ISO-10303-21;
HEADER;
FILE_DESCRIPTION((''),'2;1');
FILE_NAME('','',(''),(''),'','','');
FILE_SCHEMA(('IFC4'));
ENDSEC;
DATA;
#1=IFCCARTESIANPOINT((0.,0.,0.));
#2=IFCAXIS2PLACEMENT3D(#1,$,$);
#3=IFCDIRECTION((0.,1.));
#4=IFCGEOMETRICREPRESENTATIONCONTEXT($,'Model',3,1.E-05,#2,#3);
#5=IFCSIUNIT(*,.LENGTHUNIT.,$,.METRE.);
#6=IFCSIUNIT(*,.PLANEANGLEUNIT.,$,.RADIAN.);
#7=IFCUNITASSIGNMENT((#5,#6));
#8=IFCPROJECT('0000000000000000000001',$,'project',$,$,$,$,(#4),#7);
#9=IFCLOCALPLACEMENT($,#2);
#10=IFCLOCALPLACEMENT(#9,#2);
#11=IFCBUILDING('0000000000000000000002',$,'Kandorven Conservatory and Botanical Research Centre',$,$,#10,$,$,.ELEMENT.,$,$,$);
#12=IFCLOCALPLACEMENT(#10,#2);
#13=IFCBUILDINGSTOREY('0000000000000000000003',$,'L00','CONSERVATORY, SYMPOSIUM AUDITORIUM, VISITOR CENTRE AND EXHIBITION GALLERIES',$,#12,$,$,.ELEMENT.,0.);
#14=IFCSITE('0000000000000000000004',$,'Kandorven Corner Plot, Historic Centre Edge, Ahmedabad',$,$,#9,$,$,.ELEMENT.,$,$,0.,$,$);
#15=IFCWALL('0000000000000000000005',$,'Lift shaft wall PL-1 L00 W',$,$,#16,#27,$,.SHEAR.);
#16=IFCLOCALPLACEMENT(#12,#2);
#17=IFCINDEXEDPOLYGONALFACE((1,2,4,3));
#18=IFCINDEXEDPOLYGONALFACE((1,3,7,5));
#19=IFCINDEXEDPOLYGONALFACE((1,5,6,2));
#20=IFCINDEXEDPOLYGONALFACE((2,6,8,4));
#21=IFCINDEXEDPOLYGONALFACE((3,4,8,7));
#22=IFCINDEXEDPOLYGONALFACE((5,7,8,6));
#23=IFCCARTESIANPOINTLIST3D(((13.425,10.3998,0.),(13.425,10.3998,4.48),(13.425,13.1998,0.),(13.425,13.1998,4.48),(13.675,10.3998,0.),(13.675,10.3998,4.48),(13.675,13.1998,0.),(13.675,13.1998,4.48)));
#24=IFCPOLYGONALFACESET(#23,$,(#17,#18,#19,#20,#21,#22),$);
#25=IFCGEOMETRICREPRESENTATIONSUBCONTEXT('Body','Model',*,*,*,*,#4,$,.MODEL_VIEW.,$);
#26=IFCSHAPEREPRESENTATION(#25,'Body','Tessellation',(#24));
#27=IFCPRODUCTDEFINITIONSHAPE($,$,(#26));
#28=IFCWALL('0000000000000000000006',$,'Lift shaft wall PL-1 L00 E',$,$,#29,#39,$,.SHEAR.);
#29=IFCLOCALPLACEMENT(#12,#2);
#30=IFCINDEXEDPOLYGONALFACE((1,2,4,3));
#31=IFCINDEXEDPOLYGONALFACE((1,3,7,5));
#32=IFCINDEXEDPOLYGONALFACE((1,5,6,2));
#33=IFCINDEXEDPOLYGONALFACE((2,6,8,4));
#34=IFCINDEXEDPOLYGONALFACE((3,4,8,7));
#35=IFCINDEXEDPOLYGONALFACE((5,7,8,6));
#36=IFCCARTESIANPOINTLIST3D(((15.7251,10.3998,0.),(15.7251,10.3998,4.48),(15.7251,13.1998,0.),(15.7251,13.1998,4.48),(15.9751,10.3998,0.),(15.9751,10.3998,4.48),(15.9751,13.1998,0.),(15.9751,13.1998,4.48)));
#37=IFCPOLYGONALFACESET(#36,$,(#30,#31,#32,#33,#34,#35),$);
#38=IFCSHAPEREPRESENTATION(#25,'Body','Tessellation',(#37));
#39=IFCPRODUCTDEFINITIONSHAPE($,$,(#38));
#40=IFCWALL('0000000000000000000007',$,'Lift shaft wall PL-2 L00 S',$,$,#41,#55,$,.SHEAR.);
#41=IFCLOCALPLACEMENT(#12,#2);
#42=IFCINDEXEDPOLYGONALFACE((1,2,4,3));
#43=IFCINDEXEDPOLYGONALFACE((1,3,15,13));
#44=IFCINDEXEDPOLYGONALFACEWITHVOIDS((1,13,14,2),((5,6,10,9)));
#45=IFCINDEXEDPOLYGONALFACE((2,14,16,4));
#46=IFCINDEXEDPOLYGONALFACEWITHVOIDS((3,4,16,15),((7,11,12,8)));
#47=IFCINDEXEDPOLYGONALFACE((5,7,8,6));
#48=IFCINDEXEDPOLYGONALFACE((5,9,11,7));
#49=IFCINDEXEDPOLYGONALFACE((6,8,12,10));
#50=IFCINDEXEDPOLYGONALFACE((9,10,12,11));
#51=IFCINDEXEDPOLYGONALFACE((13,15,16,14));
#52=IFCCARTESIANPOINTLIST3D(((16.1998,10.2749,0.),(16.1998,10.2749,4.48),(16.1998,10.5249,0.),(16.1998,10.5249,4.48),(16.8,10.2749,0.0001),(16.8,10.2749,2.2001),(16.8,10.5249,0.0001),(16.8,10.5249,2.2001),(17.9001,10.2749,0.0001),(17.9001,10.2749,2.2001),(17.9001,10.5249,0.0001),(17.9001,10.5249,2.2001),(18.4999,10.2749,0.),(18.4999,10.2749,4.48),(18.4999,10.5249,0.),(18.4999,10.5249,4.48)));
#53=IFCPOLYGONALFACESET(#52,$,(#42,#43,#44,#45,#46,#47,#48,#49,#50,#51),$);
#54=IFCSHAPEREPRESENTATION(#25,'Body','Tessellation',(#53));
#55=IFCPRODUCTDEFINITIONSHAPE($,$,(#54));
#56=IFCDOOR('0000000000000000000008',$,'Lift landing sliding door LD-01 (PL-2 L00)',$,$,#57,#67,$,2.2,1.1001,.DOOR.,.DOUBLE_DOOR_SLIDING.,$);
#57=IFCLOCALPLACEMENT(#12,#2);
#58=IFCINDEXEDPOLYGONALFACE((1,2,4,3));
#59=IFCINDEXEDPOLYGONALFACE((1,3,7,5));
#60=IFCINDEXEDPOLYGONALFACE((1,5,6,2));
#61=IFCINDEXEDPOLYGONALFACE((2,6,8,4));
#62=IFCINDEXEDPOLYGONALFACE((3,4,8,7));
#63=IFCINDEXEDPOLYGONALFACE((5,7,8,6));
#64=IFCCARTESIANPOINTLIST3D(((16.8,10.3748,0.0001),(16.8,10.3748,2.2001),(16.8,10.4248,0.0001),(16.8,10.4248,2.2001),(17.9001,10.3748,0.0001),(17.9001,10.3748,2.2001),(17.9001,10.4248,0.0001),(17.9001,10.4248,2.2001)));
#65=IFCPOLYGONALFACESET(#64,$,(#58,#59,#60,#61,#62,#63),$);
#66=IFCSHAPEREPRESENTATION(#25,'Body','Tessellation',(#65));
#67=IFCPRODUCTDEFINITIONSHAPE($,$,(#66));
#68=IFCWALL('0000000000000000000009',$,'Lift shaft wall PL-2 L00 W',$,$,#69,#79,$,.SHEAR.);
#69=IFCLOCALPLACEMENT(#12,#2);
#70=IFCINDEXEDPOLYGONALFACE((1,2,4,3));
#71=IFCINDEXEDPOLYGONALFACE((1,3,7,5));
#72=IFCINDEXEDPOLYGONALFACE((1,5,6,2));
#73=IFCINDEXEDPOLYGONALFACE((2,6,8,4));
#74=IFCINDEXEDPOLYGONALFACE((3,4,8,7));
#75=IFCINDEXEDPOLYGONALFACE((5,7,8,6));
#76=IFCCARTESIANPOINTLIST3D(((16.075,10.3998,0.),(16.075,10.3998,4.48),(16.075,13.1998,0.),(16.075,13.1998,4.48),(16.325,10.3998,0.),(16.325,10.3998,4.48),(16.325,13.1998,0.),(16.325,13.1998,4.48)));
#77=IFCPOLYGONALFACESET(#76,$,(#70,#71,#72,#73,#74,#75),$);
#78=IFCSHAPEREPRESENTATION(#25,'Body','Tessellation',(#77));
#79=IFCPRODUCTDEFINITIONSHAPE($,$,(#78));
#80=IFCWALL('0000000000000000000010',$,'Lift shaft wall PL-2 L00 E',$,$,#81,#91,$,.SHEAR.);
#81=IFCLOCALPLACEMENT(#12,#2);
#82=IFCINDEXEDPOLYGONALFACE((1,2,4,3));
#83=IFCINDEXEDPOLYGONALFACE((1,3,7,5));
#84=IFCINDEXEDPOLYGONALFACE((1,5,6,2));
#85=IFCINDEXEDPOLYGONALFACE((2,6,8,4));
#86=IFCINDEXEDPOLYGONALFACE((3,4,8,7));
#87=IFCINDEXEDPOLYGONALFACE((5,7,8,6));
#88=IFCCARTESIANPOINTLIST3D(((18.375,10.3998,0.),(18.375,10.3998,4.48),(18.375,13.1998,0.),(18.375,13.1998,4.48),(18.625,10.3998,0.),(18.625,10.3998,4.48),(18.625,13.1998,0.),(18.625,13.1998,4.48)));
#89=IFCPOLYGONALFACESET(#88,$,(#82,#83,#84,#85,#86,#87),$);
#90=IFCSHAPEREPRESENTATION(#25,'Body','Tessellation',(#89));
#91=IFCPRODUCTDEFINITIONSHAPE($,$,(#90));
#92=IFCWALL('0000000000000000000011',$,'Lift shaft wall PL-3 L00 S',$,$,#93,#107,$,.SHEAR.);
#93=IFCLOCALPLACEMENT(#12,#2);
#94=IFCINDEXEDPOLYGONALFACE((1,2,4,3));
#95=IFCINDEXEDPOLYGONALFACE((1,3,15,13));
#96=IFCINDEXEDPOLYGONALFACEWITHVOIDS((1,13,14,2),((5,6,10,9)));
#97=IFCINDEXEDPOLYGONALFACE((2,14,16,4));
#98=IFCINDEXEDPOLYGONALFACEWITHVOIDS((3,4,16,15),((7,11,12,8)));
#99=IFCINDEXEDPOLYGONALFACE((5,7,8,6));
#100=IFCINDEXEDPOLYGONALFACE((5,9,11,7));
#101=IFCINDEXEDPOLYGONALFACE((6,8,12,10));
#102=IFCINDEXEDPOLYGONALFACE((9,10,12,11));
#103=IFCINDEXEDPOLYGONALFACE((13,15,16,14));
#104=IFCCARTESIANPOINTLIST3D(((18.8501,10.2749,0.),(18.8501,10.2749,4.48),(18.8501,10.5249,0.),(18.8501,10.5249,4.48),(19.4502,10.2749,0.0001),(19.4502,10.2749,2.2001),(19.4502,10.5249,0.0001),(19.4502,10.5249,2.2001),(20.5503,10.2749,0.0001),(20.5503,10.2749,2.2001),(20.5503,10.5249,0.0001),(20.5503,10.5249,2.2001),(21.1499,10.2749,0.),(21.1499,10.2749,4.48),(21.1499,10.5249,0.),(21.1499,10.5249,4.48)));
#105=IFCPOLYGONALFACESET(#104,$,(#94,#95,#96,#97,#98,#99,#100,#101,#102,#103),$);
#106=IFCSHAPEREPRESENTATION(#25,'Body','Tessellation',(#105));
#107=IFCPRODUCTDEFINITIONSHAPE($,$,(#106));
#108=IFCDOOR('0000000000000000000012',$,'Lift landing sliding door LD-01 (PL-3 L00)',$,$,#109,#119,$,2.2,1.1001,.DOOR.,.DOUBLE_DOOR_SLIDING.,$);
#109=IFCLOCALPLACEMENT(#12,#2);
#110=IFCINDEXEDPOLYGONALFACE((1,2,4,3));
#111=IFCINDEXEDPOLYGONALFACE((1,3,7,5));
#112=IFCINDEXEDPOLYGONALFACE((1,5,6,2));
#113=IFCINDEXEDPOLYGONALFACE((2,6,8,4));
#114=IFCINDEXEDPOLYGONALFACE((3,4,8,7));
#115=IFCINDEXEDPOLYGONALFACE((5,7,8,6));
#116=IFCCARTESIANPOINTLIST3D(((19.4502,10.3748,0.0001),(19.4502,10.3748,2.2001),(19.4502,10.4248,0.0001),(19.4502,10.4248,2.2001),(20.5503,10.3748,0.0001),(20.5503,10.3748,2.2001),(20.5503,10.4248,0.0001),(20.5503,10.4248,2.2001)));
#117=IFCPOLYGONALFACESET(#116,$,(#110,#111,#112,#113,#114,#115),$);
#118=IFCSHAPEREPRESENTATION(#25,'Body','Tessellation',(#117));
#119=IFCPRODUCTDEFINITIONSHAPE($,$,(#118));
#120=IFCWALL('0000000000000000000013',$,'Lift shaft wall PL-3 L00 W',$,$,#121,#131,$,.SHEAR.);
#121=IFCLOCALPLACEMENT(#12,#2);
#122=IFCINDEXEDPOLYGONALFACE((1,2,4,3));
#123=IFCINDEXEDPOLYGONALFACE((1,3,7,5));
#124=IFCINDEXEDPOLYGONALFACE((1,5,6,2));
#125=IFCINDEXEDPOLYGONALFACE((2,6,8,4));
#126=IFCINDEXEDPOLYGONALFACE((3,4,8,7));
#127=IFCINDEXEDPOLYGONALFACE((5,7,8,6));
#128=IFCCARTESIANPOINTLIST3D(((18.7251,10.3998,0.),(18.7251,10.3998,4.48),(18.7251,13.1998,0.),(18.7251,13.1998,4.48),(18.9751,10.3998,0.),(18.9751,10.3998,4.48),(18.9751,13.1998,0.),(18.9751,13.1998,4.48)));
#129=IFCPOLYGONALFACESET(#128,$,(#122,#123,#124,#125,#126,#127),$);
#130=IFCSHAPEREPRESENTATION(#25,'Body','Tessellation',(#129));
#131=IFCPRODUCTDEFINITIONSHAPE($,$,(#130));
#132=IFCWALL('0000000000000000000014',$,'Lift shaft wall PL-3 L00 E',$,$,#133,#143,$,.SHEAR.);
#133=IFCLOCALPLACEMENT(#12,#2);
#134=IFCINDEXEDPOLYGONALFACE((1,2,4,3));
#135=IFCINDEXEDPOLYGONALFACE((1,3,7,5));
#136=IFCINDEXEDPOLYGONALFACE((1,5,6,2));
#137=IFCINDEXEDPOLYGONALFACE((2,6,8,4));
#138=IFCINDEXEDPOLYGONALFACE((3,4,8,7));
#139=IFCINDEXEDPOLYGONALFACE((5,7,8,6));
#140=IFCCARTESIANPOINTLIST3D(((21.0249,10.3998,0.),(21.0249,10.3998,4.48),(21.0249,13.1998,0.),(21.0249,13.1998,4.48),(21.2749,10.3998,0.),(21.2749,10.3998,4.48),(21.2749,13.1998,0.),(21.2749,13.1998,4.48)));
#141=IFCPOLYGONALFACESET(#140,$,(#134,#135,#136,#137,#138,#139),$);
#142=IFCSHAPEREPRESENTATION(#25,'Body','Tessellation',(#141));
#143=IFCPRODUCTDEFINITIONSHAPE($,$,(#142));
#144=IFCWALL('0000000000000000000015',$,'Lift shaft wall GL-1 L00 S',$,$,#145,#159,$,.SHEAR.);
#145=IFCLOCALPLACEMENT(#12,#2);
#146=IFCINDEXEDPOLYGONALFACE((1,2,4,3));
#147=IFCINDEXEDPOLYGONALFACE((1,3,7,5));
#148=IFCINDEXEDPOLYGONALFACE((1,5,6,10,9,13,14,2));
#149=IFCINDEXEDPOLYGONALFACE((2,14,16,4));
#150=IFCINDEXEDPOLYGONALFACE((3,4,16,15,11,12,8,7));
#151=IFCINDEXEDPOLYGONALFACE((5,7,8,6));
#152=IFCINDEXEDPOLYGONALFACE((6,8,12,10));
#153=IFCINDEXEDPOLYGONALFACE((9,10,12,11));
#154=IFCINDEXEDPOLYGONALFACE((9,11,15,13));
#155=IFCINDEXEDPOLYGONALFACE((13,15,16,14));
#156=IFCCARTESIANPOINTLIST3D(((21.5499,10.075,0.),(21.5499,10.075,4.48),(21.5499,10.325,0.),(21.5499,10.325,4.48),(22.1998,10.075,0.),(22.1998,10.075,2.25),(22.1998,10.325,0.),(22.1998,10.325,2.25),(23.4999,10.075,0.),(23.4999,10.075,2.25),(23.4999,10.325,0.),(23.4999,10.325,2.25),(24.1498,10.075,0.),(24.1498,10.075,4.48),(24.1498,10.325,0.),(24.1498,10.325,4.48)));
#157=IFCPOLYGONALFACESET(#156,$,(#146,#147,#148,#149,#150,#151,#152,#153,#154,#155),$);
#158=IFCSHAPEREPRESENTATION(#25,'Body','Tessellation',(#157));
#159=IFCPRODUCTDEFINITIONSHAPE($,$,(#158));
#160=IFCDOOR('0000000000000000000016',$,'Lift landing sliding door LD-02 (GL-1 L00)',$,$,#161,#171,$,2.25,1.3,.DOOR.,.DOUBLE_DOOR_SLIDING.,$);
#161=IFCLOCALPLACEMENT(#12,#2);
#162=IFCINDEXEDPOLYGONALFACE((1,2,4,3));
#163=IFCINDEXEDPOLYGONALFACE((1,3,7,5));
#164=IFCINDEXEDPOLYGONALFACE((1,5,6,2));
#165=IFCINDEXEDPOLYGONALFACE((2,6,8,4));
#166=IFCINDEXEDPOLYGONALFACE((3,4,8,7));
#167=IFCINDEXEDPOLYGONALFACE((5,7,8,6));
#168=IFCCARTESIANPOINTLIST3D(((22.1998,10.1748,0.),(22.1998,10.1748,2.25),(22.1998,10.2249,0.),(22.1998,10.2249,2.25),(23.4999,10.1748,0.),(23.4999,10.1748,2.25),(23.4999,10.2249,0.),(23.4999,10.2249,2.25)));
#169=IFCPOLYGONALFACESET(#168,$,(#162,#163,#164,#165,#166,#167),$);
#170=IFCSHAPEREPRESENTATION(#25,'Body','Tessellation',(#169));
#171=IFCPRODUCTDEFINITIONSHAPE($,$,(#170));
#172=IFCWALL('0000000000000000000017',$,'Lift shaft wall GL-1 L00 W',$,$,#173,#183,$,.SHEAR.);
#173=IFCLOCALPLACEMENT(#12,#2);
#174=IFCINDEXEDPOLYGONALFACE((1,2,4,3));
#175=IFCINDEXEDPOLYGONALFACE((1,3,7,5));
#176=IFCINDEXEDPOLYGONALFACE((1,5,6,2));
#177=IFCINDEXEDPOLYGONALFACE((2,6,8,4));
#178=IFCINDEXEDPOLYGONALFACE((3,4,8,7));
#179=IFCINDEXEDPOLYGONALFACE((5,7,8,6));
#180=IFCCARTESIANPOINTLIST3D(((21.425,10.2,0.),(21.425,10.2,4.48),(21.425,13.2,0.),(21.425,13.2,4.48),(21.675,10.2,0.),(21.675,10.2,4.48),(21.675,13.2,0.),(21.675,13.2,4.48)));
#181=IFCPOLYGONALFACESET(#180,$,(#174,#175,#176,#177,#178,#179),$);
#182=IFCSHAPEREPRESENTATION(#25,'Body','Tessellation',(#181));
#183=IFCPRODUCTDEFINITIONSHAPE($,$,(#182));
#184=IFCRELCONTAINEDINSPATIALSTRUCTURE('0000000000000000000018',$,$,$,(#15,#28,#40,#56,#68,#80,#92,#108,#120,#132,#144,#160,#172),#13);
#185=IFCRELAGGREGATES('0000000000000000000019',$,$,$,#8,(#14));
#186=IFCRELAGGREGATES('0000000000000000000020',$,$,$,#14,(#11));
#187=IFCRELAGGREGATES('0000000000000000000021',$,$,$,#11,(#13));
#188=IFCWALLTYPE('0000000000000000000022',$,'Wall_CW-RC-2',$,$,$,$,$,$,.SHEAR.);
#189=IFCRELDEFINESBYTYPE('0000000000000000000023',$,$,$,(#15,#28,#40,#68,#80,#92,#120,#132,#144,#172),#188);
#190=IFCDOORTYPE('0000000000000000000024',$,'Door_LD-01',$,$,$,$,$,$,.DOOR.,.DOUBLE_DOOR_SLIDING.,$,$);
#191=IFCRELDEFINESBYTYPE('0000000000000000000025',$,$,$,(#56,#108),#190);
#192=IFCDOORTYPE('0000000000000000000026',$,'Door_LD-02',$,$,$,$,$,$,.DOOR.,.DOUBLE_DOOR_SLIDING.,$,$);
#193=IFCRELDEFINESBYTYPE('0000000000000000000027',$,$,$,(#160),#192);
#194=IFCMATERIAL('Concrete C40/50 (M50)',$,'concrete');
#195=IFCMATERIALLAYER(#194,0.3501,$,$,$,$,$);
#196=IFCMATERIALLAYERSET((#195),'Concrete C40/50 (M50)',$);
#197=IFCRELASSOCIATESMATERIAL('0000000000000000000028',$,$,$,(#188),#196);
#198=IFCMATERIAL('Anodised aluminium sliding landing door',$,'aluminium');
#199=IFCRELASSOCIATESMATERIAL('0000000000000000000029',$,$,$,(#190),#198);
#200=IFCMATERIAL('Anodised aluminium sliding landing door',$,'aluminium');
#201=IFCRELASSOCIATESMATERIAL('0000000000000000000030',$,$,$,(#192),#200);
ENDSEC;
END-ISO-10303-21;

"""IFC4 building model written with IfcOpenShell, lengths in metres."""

from ifc_helpers import new_model, si_unit, direction, frame, frame_2d, origin, place, context, subcontext, project, spatial, rectangle, extrude, material, layer, layer_set, type_object, element, fill, save


model = new_model("IFC4")

# Units and contexts
model_context = context("Model", 3, precision=1e-05, world=origin(), true_north=direction((0.0, 1.0)))
body_context = subcontext(model_context, "Body", "Model", "MODEL_VIEW")
ifc_project = project(units=[si_unit("LENGTHUNIT", "METRE"), si_unit("PLANEANGLEUNIT", "RADIAN")], contexts=[model_context])

# Site, building, storey
site_placement = place(None, origin())
site = spatial("IfcSite", under=ifc_project, at=site_placement, Name="Kandorven Corner Plot, Historic Centre Edge, Ahmedabad", CompositionType="ELEMENT", RefElevation=0.0)
building_placement = place(site_placement, origin())
building = spatial("IfcBuilding", under=site, at=building_placement, Name="Kandorven Conservatory and Botanical Research Centre", CompositionType="ELEMENT")
storey_placement = place(building_placement, origin())
storey = spatial("IfcBuildingStorey", under=building, at=storey_placement, Name="L00", Description="CONSERVATORY, SYMPOSIUM AUDITORIUM, VISITOR CENTRE AND EXHIBITION GALLERIES", CompositionType="ELEMENT", Elevation=0.0)

# Shared definitions
ifc_material_1 = material(Name="Concrete C40/50 (M50)", Category="concrete")
ifc_layer_1 = layer(ifc_material_1, 0.3501)
ifc_layer_set_1 = layer_set([ifc_layer_1], Name="Concrete C40/50 (M50)")
wall_type_1 = type_object("IfcWallType", Name="Wall_CW-RC-2", PredefinedType="SHEAR", material=ifc_layer_set_1)
ifc_material_2 = material(Name="Anodised aluminium sliding landing door", Category="aluminium")
door_type_1 = type_object("IfcDoorType", Name="Door_LD-01", OperationType="DOUBLE_DOOR_SLIDING", PredefinedType="DOOR", material=ifc_material_2)

# Walls
for number, where, z_axis, x_axis, name in (
    (1, (13.55, 10.3999, 0.0), (0.0, 0.0, 1.0), (0.0, 1.0, 0.0), "Lift shaft wall PL-1 L00 W"),
    (2, (15.8501, 10.3999, 0.0), (0.0, 0.0, 1.0), (0.0, 1.0, 0.0), "Lift shaft wall PL-1 L00 E"),
):
    element("IfcWall", number, at=place(storey_placement, frame(where, z_axis=z_axis, x_axis=x_axis)), inside=storey, type_object=wall_type_1, Name=name, PredefinedType="SHEAR", context=body_context, shape_type="SweptSolid", body=[
        extrude(rectangle(XDim=2.8, YDim=0.25, at=frame_2d((1.3999, 0.0))), origin(), (0.0, 0.0, 1.0), 4.48),
    ])

# Wall, opening, door
wall_1_placement = place(storey_placement, frame((16.2, 10.3999, 0.0), z_axis=(0.0, 0.0, 1.0), x_axis=(1.0, 0.0, 0.0)))
wall_1 = element("IfcWall", 3, at=wall_1_placement, inside=storey, type_object=wall_type_1, Name="Lift shaft wall PL-2 L00 S", PredefinedType="SHEAR", context=body_context, shape_type="SweptSolid", body=[
    extrude(rectangle(XDim=2.3, YDim=0.25, at=frame_2d((1.1499, 0.0))), origin(), (0.0, 0.0, 1.0), 4.48),
])
opening_1_placement = place(wall_1_placement, frame((0.6001, 0.0, 0.0)))
opening_1 = element("IfcOpeningElement", 4, at=opening_1_placement, cuts=wall_1, PredefinedType="OPENING", context=body_context, shape_type="SweptSolid", body=[
    extrude(rectangle(XDim=1.1001, YDim=2.2, at=frame_2d((0.55, 1.1001))), frame((0.0, 0.135, 0.0), z_axis=(0.0, -1.0, 0.0), x_axis=(1.0, 0.0, 0.0)), (0.0, 0.0, 1.0), 0.27),
])
door_1_placement = place(opening_1_placement, origin())
door_1 = element("IfcDoor", 5, at=door_1_placement, inside=storey, type_object=door_type_1, Name="Lift landing sliding door LD-01 (PL-2 L00)", OperationType="DOUBLE_DOOR_SLIDING", OverallHeight=2.2, OverallWidth=1.1001, PredefinedType="DOOR", context=body_context, shape_type="SweptSolid", body=[
    extrude(rectangle(XDim=1.1001, YDim=2.2, at=frame_2d((0.55, 1.1001))), frame((0.0, 0.0249, 0.0), z_axis=(0.0, -1.0, 0.0), x_axis=(1.0, 0.0, 0.0)), (0.0, 0.0, 1.0), 0.05),
])
fill(opening_1, door_1)

# Walls
for number, where, z_axis, x_axis, name in (
    (6, (16.2, 10.3999, 0.0), (0.0, 0.0, 1.0), (0.0, 1.0, 0.0), "Lift shaft wall PL-2 L00 W"),
    (7, (18.5, 10.3999, 0.0), (0.0, 0.0, 1.0), (0.0, 1.0, 0.0), "Lift shaft wall PL-2 L00 E"),
):
    element("IfcWall", number, at=place(storey_placement, frame(where, z_axis=z_axis, x_axis=x_axis)), inside=storey, type_object=wall_type_1, Name=name, PredefinedType="SHEAR", context=body_context, shape_type="SweptSolid", body=[
        extrude(rectangle(XDim=2.8, YDim=0.25, at=frame_2d((1.3999, 0.0))), origin(), (0.0, 0.0, 1.0), 4.48),
    ])

# Wall, opening, door
wall_2_placement = place(storey_placement, frame((18.8501, 10.3999, 0.0), z_axis=(0.0, 0.0, 1.0), x_axis=(1.0, 0.0, 0.0)))
wall_2 = element("IfcWall", 8, at=wall_2_placement, inside=storey, type_object=wall_type_1, Name="Lift shaft wall PL-3 L00 S", PredefinedType="SHEAR", context=body_context, shape_type="SweptSolid", body=[
    extrude(rectangle(XDim=2.2998, YDim=0.25, at=frame_2d((1.1499, 0.0))), origin(), (0.0, 0.0, 1.0), 4.48),
])
opening_2_placement = place(wall_2_placement, frame((0.6001, 0.0, 0.0)))
opening_2 = element("IfcOpeningElement", 9, at=opening_2_placement, cuts=wall_2, PredefinedType="OPENING", context=body_context, shape_type="SweptSolid", body=[
    extrude(rectangle(XDim=1.1001, YDim=2.2, at=frame_2d((0.55, 1.1001))), frame((0.0, 0.135, 0.0), z_axis=(0.0, -1.0, 0.0), x_axis=(1.0, 0.0, 0.0)), (0.0, 0.0, 1.0), 0.27),
])
door_2_placement = place(opening_2_placement, origin())
door_2 = element("IfcDoor", 10, at=door_2_placement, inside=storey, type_object=door_type_1, Name="Lift landing sliding door LD-01 (PL-3 L00)", OperationType="DOUBLE_DOOR_SLIDING", OverallHeight=2.2, OverallWidth=1.1001, PredefinedType="DOOR", context=body_context, shape_type="SweptSolid", body=[
    extrude(rectangle(XDim=1.1001, YDim=2.2, at=frame_2d((0.55, 1.1001))), frame((0.0, 0.0249, 0.0), z_axis=(0.0, -1.0, 0.0), x_axis=(1.0, 0.0, 0.0)), (0.0, 0.0, 1.0), 0.05),
])
fill(opening_2, door_2)

# Walls
for number, where, z_axis, x_axis, name in (
    (11, (18.8501, 10.3999, 0.0), (0.0, 0.0, 1.0), (0.0, 1.0, 0.0), "Lift shaft wall PL-3 L00 W"),
    (12, (21.1499, 10.3999, 0.0), (0.0, 0.0, 1.0), (0.0, 1.0, 0.0), "Lift shaft wall PL-3 L00 E"),
):
    element("IfcWall", number, at=place(storey_placement, frame(where, z_axis=z_axis, x_axis=x_axis)), inside=storey, type_object=wall_type_1, Name=name, PredefinedType="SHEAR", context=body_context, shape_type="SweptSolid", body=[
        extrude(rectangle(XDim=2.8, YDim=0.25, at=frame_2d((1.3999, 0.0))), origin(), (0.0, 0.0, 1.0), 4.48),
    ])

# Wall, opening, door
wall_3_placement = place(storey_placement, frame((21.55, 10.2, 0.0), z_axis=(0.0, 0.0, 1.0), x_axis=(1.0, 0.0, 0.0)))
wall_3 = element("IfcWall", 13, at=wall_3_placement, inside=storey, type_object=wall_type_1, Name="Lift shaft wall GL-1 L00 S", PredefinedType="SHEAR", context=body_context, shape_type="SweptSolid", body=[
    extrude(rectangle(XDim=2.5999, YDim=0.25, at=frame_2d((1.2998, 0.0))), origin(), (0.0, 0.0, 1.0), 4.48),
])
opening_3_placement = place(wall_3_placement, frame((0.6499, 0.0, 0.0)))
opening_3 = element("IfcOpeningElement", 14, at=opening_3_placement, cuts=wall_3, PredefinedType="OPENING", context=body_context, shape_type="SweptSolid", body=[
    extrude(rectangle(XDim=1.3, YDim=2.25, at=frame_2d((0.6499, 1.125))), frame((0.0, 0.135, 0.0), z_axis=(0.0, -1.0, 0.0), x_axis=(1.0, 0.0, 0.0)), (0.0, 0.0, 1.0), 0.27),
])
ifc_material_3 = material(Name="Anodised aluminium sliding landing door", Category="aluminium")
door_type_2 = type_object("IfcDoorType", Name="Door_LD-02", OperationType="DOUBLE_DOOR_SLIDING", PredefinedType="DOOR", material=ifc_material_3)
door_3_placement = place(opening_3_placement, origin())
door_3 = element("IfcDoor", 15, at=door_3_placement, inside=storey, type_object=door_type_2, Name="Lift landing sliding door LD-02 (GL-1 L00)", OperationType="DOUBLE_DOOR_SLIDING", OverallHeight=2.25, OverallWidth=1.3, PredefinedType="DOOR", context=body_context, shape_type="SweptSolid", body=[
    extrude(rectangle(XDim=1.3, YDim=2.25, at=frame_2d((0.6499, 1.125))), frame((0.0, 0.0249, 0.0), z_axis=(0.0, -1.0, 0.0), x_axis=(1.0, 0.0, 0.0)), (0.0, 0.0, 1.0), 0.05),
])
fill(opening_3, door_3)

# Wall
wall_4_placement = place(storey_placement, frame((21.55, 10.2, 0.0), z_axis=(0.0, 0.0, 1.0), x_axis=(0.0, 1.0, 0.0)))
element("IfcWall", 16, at=wall_4_placement, inside=storey, type_object=wall_type_1, Name="Lift shaft wall GL-1 L00 W", PredefinedType="SHEAR", context=body_context, shape_type="SweptSolid", body=[
    extrude(rectangle(XDim=3.0, YDim=0.25, at=frame_2d((1.5, 0.0))), origin(), (0.0, 0.0, 1.0), 4.48),
])

save(model, "model.ifc")
